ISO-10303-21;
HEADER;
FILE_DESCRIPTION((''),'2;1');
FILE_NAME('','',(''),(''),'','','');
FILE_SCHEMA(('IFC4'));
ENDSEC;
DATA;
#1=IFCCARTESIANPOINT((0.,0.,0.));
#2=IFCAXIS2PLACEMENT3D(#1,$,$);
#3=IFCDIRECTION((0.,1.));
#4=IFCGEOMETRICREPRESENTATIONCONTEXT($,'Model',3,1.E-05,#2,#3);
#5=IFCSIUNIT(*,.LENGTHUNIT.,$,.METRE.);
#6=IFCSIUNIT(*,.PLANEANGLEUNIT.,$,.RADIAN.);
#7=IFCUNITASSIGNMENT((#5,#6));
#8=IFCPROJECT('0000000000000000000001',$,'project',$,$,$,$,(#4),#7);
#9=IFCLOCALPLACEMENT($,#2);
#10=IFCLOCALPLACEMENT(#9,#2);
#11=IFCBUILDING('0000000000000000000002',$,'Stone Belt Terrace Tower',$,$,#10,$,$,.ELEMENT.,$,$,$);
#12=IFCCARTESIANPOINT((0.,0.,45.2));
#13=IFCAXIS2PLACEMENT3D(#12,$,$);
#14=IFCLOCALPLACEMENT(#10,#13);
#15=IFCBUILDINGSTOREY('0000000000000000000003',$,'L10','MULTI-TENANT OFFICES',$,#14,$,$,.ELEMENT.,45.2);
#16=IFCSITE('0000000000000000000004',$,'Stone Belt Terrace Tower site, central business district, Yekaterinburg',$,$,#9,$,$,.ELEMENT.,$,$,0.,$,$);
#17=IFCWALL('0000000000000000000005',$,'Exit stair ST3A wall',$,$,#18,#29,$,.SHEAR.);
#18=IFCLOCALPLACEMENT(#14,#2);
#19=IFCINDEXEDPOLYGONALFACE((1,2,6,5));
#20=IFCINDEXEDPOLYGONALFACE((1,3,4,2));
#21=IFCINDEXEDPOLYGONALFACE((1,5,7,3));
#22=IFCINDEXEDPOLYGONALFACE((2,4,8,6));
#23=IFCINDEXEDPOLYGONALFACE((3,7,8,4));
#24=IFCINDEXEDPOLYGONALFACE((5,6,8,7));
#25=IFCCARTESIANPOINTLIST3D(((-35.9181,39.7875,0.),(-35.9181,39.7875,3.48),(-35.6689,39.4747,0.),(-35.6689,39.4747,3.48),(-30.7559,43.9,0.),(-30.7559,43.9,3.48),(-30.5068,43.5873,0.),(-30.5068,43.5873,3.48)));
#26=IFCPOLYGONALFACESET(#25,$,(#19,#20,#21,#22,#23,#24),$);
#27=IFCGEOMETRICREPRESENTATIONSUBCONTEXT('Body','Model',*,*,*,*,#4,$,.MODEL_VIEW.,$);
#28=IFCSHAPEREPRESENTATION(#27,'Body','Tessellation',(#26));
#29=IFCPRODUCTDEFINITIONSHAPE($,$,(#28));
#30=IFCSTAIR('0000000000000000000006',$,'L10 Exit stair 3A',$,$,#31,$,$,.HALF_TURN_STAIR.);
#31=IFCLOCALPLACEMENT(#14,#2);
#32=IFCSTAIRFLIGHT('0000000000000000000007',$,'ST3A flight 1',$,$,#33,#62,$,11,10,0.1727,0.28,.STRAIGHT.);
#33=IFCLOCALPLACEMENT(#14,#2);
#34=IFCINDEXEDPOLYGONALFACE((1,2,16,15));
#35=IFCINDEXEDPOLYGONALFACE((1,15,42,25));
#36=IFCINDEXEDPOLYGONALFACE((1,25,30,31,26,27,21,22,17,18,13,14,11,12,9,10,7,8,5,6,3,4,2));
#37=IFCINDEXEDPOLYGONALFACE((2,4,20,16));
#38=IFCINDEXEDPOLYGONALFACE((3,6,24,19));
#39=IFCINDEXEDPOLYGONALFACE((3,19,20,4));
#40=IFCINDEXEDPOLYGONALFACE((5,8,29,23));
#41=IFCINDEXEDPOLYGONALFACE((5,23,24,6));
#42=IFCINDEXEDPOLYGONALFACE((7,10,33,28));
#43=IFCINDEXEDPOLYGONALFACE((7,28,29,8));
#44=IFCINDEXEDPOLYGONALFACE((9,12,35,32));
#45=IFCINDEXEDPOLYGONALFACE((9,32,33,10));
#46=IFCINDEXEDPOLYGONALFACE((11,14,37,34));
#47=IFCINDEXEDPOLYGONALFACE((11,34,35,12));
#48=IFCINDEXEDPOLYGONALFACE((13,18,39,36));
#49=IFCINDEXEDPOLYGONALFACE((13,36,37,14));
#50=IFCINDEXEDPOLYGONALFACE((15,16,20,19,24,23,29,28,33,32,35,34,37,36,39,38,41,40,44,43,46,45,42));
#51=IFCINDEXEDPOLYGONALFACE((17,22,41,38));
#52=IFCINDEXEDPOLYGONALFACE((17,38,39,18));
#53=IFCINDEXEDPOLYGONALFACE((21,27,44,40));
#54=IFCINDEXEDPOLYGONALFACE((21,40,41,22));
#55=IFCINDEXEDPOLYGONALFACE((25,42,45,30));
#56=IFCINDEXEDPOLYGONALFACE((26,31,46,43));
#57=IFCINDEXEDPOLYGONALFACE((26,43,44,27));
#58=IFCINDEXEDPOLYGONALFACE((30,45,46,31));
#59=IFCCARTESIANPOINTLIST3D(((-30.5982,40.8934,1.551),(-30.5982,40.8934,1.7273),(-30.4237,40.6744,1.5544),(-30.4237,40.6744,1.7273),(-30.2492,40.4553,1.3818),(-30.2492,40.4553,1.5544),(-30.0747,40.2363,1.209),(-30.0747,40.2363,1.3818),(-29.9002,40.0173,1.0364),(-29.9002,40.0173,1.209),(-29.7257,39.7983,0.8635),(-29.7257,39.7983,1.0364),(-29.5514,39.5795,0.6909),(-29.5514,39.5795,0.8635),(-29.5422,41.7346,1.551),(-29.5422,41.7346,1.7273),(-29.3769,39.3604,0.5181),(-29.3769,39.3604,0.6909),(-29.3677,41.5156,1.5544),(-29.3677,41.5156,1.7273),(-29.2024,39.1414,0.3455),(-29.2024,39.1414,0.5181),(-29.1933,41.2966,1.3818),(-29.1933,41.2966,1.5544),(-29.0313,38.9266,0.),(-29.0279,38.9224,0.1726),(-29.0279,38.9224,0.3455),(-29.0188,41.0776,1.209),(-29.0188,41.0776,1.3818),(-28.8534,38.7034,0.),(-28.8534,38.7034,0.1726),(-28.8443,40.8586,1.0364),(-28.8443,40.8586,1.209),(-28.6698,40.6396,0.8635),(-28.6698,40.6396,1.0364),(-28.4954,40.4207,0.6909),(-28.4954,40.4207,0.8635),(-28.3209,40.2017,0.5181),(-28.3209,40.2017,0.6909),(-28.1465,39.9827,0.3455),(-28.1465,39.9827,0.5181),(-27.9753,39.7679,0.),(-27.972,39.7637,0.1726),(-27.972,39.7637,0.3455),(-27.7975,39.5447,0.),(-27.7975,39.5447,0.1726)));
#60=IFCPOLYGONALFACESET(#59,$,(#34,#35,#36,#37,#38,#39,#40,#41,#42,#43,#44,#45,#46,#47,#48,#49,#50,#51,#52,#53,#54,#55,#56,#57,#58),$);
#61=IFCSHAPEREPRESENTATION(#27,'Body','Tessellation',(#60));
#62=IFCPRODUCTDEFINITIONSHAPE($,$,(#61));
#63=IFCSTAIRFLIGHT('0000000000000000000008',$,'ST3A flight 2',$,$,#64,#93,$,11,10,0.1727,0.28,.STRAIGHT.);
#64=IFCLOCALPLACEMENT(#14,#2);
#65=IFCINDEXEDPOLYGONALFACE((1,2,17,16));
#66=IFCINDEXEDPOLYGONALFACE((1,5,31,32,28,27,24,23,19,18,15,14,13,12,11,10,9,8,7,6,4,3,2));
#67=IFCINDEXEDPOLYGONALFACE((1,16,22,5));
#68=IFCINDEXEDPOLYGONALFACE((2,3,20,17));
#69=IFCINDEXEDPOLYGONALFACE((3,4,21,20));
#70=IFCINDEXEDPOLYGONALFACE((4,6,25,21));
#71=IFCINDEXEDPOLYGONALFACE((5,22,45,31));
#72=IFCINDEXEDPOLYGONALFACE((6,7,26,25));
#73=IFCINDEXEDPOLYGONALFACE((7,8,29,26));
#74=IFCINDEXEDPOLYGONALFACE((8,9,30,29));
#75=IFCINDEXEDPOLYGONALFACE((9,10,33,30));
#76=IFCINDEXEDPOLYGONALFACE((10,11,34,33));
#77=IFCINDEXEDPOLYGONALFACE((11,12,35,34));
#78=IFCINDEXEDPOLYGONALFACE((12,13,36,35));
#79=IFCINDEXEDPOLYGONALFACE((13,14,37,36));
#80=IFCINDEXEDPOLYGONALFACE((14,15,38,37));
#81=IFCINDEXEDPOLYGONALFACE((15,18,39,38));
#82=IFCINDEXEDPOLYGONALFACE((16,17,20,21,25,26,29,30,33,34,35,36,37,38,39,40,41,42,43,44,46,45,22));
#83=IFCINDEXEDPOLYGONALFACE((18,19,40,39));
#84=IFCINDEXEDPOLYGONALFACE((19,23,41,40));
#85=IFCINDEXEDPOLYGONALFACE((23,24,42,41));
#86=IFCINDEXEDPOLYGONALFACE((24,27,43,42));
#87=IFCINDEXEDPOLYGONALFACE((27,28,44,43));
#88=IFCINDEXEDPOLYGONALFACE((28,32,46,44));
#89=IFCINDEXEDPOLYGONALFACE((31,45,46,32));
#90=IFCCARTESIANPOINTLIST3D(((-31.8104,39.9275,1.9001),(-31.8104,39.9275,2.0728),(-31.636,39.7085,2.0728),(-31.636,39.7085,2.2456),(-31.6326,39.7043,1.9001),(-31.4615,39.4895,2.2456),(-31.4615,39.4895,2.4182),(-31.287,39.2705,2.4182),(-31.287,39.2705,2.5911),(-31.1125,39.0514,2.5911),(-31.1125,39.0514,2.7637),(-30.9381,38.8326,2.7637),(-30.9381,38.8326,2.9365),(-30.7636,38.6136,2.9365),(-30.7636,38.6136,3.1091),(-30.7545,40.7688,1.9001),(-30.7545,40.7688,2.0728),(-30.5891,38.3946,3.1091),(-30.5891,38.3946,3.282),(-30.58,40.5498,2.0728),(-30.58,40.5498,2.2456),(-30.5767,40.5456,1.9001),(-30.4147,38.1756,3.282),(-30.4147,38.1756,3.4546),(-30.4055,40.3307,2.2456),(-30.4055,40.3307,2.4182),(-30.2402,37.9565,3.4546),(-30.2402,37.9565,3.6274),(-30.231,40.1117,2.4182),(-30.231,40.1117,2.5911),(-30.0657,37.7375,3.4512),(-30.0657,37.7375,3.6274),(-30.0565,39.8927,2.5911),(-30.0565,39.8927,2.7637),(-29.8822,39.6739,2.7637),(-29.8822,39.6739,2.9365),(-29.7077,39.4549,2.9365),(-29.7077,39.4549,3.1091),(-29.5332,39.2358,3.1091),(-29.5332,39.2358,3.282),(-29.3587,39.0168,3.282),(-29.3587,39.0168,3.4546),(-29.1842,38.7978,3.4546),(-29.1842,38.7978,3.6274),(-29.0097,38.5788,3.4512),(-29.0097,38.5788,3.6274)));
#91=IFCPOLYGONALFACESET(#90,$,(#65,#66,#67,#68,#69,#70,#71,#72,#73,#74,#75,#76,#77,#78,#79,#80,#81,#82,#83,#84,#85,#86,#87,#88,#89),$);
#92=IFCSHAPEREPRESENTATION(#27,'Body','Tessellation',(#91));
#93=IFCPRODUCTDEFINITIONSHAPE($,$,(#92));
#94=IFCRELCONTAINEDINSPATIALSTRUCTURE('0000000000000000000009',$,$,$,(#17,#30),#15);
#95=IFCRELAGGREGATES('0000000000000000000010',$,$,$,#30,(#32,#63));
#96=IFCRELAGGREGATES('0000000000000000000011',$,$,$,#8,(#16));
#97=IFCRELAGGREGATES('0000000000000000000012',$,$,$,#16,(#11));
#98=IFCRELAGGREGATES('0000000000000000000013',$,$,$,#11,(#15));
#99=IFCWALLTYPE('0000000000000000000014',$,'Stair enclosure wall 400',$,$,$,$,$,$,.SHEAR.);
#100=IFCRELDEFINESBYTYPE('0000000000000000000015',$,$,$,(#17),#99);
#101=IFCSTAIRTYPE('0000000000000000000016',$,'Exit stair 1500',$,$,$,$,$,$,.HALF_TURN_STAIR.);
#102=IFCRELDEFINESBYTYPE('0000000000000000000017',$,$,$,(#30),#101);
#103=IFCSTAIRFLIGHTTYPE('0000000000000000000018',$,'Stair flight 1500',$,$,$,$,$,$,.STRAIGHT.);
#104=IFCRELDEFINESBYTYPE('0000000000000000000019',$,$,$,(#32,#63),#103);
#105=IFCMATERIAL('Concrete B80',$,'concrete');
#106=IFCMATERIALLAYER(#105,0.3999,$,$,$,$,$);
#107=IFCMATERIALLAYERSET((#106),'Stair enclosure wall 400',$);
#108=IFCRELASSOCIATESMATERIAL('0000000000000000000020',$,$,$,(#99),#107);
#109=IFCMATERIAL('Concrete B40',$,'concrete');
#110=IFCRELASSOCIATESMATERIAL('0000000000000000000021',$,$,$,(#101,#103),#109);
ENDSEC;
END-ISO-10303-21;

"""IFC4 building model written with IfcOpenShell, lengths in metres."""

from ifc_helpers import new_model, si_unit, direction, frame, frame_2d, origin, place, context, subcontext, project, spatial, polyline, rectangle, outline, extrude, material, layer, layer_set, type_object, element, aggregate, save


model = new_model("IFC4")

# Units and contexts
model_context = context("Model", 3, precision=1e-05, world=origin(), true_north=direction((0.0, 1.0)))
body_context = subcontext(model_context, "Body", "Model", "MODEL_VIEW")
ifc_project = project(units=[si_unit("LENGTHUNIT", "METRE"), si_unit("PLANEANGLEUNIT", "RADIAN")], contexts=[model_context])

# Site, building, storey
site_placement = place(None, origin())
site = spatial("IfcSite", under=ifc_project, at=site_placement, Name="Stone Belt Terrace Tower site, central business district, Yekaterinburg", CompositionType="ELEMENT", RefElevation=0.0)
building_placement = place(site_placement, origin())
building = spatial("IfcBuilding", under=site, at=building_placement, Name="Stone Belt Terrace Tower", CompositionType="ELEMENT")
storey_placement = place(building_placement, frame((0.0, 0.0, 45.2)))
storey = spatial("IfcBuildingStorey", under=building, at=storey_placement, Name="L10", Description="MULTI-TENANT OFFICES", CompositionType="ELEMENT", Elevation=45.2)

# Shared definitions
ifc_material_1 = material(Name="Concrete B80", Category="concrete")

# Wall
ifc_layer_1 = layer(ifc_material_1, 0.3999)
ifc_layer_set_1 = layer_set([ifc_layer_1], Name="Stair enclosure wall 400")
wall_type_1 = type_object("IfcWallType", Name="Stair enclosure wall 400", PredefinedType="SHEAR", material=ifc_layer_set_1)
wall_1_placement = place(storey_placement, frame((-30.6313, 43.7437, 0.0), z_axis=(0.0, 0.0, 1.0), x_axis=(-0.782134, -0.62311, 0.0)))
element("IfcWall", 1, at=wall_1_placement, inside=storey, type_object=wall_type_1, Name="Exit stair ST3A wall", PredefinedType="SHEAR", context=body_context, shape_type="SweptSolid", body=[
    extrude(rectangle(XDim=6.6001, YDim=0.3999, at=frame_2d((3.3, 0.0))), origin(), (0.0, 0.0, 1.0), 3.48),
])

# Stair, stair flights
ifc_material_2 = material(Name="Concrete B40", Category="concrete")
stair_type = type_object("IfcStairType", Name="Exit stair 1500", PredefinedType="HALF_TURN_STAIR", material=ifc_material_2)
stair_placement = place(storey_placement, origin())
stair = element("IfcStair", 2, at=stair_placement, inside=storey, type_object=stair_type, Name="L10 Exit stair 3A", PredefinedType="HALF_TURN_STAIR")
stair_flight_type = type_object("IfcStairFlightType", Name="Stair flight 1500", PredefinedType="STRAIGHT", material=ifc_material_2)
stair_flight_1_placement = place(storey_placement, frame((-28.3254, 39.124, 0.0), z_axis=(0.0, 0.0, 1.0), x_axis=(-0.623121, 0.782125, 0.0)))
stair_flight_1 = element("IfcStairFlight", 3, at=stair_flight_1_placement, type_object=stair_flight_type, Name="ST3A flight 1", NumberOfRisers=11, NumberOfTreads=10, PredefinedType="STRAIGHT", RiserHeight=0.1727, TreadLength=0.28, context=body_context, shape_type="SweptSolid", body=[
    extrude(outline(polyline([(0.0, 0.0), (0.0, 0.1726), (0.28, 0.1726), (0.28, 0.3455), (0.5601, 0.3455), (0.5601, 0.5181), (0.8401, 0.5181), (0.8401, 0.6909), (1.1201, 0.6909), (1.1201, 0.8635), (1.3999, 0.8635), (1.3999, 1.0364), (1.6799, 1.0364), (1.6799, 1.209), (1.96, 1.209), (1.96, 1.3818), (2.24, 1.3818), (2.24, 1.5544), (2.52, 1.5544), (2.52, 1.7273), (2.8, 1.7273), (2.8, 1.8999), (2.8, 1.551), (0.2854, 0.0), (0.0, 0.0)])), frame((0.0, 0.675, 0.0), z_axis=(0.0, -1.0, 0.0), x_axis=(1.0, 0.0, 0.0)), (0.0, 0.0, 1.0), 1.3501),
])
stair_flight_2_placement = place(storey_placement, frame((-31.2825, 40.3481, 1.9001), z_axis=(0.0, 0.0, 1.0), x_axis=(0.623121, -0.782125, 0.0)))
stair_flight_2 = element("IfcStairFlight", 4, at=stair_flight_2_placement, type_object=stair_flight_type, Name="ST3A flight 2", NumberOfRisers=11, NumberOfTreads=10, PredefinedType="STRAIGHT", RiserHeight=0.1727, TreadLength=0.28, context=body_context, shape_type="SweptSolid", body=[
    extrude(outline(polyline([(0.0, 0.0), (0.0, 0.1726), (0.28, 0.1726), (0.28, 0.3455), (0.5601, 0.3455), (0.5601, 0.5181), (0.8401, 0.5181), (0.8401, 0.6909), (1.1201, 0.6909), (1.1201, 0.8635), (1.3999, 0.8635), (1.3999, 1.0364), (1.6799, 1.0364), (1.6799, 1.209), (1.96, 1.209), (1.96, 1.3818), (2.24, 1.3818), (2.24, 1.5544), (2.52, 1.5544), (2.52, 1.7273), (2.8, 1.7273), (2.8, 1.8999), (2.8, 1.551), (0.2854, 0.0), (0.0, 0.0)])), frame((0.0, 0.675, 0.0), z_axis=(0.0, -1.0, 0.0), x_axis=(1.0, 0.0, 0.0)), (0.0, 0.0, 1.0), 1.3501),
])
aggregate(stair, [stair_flight_1, stair_flight_2])

save(model, "model.ifc")
